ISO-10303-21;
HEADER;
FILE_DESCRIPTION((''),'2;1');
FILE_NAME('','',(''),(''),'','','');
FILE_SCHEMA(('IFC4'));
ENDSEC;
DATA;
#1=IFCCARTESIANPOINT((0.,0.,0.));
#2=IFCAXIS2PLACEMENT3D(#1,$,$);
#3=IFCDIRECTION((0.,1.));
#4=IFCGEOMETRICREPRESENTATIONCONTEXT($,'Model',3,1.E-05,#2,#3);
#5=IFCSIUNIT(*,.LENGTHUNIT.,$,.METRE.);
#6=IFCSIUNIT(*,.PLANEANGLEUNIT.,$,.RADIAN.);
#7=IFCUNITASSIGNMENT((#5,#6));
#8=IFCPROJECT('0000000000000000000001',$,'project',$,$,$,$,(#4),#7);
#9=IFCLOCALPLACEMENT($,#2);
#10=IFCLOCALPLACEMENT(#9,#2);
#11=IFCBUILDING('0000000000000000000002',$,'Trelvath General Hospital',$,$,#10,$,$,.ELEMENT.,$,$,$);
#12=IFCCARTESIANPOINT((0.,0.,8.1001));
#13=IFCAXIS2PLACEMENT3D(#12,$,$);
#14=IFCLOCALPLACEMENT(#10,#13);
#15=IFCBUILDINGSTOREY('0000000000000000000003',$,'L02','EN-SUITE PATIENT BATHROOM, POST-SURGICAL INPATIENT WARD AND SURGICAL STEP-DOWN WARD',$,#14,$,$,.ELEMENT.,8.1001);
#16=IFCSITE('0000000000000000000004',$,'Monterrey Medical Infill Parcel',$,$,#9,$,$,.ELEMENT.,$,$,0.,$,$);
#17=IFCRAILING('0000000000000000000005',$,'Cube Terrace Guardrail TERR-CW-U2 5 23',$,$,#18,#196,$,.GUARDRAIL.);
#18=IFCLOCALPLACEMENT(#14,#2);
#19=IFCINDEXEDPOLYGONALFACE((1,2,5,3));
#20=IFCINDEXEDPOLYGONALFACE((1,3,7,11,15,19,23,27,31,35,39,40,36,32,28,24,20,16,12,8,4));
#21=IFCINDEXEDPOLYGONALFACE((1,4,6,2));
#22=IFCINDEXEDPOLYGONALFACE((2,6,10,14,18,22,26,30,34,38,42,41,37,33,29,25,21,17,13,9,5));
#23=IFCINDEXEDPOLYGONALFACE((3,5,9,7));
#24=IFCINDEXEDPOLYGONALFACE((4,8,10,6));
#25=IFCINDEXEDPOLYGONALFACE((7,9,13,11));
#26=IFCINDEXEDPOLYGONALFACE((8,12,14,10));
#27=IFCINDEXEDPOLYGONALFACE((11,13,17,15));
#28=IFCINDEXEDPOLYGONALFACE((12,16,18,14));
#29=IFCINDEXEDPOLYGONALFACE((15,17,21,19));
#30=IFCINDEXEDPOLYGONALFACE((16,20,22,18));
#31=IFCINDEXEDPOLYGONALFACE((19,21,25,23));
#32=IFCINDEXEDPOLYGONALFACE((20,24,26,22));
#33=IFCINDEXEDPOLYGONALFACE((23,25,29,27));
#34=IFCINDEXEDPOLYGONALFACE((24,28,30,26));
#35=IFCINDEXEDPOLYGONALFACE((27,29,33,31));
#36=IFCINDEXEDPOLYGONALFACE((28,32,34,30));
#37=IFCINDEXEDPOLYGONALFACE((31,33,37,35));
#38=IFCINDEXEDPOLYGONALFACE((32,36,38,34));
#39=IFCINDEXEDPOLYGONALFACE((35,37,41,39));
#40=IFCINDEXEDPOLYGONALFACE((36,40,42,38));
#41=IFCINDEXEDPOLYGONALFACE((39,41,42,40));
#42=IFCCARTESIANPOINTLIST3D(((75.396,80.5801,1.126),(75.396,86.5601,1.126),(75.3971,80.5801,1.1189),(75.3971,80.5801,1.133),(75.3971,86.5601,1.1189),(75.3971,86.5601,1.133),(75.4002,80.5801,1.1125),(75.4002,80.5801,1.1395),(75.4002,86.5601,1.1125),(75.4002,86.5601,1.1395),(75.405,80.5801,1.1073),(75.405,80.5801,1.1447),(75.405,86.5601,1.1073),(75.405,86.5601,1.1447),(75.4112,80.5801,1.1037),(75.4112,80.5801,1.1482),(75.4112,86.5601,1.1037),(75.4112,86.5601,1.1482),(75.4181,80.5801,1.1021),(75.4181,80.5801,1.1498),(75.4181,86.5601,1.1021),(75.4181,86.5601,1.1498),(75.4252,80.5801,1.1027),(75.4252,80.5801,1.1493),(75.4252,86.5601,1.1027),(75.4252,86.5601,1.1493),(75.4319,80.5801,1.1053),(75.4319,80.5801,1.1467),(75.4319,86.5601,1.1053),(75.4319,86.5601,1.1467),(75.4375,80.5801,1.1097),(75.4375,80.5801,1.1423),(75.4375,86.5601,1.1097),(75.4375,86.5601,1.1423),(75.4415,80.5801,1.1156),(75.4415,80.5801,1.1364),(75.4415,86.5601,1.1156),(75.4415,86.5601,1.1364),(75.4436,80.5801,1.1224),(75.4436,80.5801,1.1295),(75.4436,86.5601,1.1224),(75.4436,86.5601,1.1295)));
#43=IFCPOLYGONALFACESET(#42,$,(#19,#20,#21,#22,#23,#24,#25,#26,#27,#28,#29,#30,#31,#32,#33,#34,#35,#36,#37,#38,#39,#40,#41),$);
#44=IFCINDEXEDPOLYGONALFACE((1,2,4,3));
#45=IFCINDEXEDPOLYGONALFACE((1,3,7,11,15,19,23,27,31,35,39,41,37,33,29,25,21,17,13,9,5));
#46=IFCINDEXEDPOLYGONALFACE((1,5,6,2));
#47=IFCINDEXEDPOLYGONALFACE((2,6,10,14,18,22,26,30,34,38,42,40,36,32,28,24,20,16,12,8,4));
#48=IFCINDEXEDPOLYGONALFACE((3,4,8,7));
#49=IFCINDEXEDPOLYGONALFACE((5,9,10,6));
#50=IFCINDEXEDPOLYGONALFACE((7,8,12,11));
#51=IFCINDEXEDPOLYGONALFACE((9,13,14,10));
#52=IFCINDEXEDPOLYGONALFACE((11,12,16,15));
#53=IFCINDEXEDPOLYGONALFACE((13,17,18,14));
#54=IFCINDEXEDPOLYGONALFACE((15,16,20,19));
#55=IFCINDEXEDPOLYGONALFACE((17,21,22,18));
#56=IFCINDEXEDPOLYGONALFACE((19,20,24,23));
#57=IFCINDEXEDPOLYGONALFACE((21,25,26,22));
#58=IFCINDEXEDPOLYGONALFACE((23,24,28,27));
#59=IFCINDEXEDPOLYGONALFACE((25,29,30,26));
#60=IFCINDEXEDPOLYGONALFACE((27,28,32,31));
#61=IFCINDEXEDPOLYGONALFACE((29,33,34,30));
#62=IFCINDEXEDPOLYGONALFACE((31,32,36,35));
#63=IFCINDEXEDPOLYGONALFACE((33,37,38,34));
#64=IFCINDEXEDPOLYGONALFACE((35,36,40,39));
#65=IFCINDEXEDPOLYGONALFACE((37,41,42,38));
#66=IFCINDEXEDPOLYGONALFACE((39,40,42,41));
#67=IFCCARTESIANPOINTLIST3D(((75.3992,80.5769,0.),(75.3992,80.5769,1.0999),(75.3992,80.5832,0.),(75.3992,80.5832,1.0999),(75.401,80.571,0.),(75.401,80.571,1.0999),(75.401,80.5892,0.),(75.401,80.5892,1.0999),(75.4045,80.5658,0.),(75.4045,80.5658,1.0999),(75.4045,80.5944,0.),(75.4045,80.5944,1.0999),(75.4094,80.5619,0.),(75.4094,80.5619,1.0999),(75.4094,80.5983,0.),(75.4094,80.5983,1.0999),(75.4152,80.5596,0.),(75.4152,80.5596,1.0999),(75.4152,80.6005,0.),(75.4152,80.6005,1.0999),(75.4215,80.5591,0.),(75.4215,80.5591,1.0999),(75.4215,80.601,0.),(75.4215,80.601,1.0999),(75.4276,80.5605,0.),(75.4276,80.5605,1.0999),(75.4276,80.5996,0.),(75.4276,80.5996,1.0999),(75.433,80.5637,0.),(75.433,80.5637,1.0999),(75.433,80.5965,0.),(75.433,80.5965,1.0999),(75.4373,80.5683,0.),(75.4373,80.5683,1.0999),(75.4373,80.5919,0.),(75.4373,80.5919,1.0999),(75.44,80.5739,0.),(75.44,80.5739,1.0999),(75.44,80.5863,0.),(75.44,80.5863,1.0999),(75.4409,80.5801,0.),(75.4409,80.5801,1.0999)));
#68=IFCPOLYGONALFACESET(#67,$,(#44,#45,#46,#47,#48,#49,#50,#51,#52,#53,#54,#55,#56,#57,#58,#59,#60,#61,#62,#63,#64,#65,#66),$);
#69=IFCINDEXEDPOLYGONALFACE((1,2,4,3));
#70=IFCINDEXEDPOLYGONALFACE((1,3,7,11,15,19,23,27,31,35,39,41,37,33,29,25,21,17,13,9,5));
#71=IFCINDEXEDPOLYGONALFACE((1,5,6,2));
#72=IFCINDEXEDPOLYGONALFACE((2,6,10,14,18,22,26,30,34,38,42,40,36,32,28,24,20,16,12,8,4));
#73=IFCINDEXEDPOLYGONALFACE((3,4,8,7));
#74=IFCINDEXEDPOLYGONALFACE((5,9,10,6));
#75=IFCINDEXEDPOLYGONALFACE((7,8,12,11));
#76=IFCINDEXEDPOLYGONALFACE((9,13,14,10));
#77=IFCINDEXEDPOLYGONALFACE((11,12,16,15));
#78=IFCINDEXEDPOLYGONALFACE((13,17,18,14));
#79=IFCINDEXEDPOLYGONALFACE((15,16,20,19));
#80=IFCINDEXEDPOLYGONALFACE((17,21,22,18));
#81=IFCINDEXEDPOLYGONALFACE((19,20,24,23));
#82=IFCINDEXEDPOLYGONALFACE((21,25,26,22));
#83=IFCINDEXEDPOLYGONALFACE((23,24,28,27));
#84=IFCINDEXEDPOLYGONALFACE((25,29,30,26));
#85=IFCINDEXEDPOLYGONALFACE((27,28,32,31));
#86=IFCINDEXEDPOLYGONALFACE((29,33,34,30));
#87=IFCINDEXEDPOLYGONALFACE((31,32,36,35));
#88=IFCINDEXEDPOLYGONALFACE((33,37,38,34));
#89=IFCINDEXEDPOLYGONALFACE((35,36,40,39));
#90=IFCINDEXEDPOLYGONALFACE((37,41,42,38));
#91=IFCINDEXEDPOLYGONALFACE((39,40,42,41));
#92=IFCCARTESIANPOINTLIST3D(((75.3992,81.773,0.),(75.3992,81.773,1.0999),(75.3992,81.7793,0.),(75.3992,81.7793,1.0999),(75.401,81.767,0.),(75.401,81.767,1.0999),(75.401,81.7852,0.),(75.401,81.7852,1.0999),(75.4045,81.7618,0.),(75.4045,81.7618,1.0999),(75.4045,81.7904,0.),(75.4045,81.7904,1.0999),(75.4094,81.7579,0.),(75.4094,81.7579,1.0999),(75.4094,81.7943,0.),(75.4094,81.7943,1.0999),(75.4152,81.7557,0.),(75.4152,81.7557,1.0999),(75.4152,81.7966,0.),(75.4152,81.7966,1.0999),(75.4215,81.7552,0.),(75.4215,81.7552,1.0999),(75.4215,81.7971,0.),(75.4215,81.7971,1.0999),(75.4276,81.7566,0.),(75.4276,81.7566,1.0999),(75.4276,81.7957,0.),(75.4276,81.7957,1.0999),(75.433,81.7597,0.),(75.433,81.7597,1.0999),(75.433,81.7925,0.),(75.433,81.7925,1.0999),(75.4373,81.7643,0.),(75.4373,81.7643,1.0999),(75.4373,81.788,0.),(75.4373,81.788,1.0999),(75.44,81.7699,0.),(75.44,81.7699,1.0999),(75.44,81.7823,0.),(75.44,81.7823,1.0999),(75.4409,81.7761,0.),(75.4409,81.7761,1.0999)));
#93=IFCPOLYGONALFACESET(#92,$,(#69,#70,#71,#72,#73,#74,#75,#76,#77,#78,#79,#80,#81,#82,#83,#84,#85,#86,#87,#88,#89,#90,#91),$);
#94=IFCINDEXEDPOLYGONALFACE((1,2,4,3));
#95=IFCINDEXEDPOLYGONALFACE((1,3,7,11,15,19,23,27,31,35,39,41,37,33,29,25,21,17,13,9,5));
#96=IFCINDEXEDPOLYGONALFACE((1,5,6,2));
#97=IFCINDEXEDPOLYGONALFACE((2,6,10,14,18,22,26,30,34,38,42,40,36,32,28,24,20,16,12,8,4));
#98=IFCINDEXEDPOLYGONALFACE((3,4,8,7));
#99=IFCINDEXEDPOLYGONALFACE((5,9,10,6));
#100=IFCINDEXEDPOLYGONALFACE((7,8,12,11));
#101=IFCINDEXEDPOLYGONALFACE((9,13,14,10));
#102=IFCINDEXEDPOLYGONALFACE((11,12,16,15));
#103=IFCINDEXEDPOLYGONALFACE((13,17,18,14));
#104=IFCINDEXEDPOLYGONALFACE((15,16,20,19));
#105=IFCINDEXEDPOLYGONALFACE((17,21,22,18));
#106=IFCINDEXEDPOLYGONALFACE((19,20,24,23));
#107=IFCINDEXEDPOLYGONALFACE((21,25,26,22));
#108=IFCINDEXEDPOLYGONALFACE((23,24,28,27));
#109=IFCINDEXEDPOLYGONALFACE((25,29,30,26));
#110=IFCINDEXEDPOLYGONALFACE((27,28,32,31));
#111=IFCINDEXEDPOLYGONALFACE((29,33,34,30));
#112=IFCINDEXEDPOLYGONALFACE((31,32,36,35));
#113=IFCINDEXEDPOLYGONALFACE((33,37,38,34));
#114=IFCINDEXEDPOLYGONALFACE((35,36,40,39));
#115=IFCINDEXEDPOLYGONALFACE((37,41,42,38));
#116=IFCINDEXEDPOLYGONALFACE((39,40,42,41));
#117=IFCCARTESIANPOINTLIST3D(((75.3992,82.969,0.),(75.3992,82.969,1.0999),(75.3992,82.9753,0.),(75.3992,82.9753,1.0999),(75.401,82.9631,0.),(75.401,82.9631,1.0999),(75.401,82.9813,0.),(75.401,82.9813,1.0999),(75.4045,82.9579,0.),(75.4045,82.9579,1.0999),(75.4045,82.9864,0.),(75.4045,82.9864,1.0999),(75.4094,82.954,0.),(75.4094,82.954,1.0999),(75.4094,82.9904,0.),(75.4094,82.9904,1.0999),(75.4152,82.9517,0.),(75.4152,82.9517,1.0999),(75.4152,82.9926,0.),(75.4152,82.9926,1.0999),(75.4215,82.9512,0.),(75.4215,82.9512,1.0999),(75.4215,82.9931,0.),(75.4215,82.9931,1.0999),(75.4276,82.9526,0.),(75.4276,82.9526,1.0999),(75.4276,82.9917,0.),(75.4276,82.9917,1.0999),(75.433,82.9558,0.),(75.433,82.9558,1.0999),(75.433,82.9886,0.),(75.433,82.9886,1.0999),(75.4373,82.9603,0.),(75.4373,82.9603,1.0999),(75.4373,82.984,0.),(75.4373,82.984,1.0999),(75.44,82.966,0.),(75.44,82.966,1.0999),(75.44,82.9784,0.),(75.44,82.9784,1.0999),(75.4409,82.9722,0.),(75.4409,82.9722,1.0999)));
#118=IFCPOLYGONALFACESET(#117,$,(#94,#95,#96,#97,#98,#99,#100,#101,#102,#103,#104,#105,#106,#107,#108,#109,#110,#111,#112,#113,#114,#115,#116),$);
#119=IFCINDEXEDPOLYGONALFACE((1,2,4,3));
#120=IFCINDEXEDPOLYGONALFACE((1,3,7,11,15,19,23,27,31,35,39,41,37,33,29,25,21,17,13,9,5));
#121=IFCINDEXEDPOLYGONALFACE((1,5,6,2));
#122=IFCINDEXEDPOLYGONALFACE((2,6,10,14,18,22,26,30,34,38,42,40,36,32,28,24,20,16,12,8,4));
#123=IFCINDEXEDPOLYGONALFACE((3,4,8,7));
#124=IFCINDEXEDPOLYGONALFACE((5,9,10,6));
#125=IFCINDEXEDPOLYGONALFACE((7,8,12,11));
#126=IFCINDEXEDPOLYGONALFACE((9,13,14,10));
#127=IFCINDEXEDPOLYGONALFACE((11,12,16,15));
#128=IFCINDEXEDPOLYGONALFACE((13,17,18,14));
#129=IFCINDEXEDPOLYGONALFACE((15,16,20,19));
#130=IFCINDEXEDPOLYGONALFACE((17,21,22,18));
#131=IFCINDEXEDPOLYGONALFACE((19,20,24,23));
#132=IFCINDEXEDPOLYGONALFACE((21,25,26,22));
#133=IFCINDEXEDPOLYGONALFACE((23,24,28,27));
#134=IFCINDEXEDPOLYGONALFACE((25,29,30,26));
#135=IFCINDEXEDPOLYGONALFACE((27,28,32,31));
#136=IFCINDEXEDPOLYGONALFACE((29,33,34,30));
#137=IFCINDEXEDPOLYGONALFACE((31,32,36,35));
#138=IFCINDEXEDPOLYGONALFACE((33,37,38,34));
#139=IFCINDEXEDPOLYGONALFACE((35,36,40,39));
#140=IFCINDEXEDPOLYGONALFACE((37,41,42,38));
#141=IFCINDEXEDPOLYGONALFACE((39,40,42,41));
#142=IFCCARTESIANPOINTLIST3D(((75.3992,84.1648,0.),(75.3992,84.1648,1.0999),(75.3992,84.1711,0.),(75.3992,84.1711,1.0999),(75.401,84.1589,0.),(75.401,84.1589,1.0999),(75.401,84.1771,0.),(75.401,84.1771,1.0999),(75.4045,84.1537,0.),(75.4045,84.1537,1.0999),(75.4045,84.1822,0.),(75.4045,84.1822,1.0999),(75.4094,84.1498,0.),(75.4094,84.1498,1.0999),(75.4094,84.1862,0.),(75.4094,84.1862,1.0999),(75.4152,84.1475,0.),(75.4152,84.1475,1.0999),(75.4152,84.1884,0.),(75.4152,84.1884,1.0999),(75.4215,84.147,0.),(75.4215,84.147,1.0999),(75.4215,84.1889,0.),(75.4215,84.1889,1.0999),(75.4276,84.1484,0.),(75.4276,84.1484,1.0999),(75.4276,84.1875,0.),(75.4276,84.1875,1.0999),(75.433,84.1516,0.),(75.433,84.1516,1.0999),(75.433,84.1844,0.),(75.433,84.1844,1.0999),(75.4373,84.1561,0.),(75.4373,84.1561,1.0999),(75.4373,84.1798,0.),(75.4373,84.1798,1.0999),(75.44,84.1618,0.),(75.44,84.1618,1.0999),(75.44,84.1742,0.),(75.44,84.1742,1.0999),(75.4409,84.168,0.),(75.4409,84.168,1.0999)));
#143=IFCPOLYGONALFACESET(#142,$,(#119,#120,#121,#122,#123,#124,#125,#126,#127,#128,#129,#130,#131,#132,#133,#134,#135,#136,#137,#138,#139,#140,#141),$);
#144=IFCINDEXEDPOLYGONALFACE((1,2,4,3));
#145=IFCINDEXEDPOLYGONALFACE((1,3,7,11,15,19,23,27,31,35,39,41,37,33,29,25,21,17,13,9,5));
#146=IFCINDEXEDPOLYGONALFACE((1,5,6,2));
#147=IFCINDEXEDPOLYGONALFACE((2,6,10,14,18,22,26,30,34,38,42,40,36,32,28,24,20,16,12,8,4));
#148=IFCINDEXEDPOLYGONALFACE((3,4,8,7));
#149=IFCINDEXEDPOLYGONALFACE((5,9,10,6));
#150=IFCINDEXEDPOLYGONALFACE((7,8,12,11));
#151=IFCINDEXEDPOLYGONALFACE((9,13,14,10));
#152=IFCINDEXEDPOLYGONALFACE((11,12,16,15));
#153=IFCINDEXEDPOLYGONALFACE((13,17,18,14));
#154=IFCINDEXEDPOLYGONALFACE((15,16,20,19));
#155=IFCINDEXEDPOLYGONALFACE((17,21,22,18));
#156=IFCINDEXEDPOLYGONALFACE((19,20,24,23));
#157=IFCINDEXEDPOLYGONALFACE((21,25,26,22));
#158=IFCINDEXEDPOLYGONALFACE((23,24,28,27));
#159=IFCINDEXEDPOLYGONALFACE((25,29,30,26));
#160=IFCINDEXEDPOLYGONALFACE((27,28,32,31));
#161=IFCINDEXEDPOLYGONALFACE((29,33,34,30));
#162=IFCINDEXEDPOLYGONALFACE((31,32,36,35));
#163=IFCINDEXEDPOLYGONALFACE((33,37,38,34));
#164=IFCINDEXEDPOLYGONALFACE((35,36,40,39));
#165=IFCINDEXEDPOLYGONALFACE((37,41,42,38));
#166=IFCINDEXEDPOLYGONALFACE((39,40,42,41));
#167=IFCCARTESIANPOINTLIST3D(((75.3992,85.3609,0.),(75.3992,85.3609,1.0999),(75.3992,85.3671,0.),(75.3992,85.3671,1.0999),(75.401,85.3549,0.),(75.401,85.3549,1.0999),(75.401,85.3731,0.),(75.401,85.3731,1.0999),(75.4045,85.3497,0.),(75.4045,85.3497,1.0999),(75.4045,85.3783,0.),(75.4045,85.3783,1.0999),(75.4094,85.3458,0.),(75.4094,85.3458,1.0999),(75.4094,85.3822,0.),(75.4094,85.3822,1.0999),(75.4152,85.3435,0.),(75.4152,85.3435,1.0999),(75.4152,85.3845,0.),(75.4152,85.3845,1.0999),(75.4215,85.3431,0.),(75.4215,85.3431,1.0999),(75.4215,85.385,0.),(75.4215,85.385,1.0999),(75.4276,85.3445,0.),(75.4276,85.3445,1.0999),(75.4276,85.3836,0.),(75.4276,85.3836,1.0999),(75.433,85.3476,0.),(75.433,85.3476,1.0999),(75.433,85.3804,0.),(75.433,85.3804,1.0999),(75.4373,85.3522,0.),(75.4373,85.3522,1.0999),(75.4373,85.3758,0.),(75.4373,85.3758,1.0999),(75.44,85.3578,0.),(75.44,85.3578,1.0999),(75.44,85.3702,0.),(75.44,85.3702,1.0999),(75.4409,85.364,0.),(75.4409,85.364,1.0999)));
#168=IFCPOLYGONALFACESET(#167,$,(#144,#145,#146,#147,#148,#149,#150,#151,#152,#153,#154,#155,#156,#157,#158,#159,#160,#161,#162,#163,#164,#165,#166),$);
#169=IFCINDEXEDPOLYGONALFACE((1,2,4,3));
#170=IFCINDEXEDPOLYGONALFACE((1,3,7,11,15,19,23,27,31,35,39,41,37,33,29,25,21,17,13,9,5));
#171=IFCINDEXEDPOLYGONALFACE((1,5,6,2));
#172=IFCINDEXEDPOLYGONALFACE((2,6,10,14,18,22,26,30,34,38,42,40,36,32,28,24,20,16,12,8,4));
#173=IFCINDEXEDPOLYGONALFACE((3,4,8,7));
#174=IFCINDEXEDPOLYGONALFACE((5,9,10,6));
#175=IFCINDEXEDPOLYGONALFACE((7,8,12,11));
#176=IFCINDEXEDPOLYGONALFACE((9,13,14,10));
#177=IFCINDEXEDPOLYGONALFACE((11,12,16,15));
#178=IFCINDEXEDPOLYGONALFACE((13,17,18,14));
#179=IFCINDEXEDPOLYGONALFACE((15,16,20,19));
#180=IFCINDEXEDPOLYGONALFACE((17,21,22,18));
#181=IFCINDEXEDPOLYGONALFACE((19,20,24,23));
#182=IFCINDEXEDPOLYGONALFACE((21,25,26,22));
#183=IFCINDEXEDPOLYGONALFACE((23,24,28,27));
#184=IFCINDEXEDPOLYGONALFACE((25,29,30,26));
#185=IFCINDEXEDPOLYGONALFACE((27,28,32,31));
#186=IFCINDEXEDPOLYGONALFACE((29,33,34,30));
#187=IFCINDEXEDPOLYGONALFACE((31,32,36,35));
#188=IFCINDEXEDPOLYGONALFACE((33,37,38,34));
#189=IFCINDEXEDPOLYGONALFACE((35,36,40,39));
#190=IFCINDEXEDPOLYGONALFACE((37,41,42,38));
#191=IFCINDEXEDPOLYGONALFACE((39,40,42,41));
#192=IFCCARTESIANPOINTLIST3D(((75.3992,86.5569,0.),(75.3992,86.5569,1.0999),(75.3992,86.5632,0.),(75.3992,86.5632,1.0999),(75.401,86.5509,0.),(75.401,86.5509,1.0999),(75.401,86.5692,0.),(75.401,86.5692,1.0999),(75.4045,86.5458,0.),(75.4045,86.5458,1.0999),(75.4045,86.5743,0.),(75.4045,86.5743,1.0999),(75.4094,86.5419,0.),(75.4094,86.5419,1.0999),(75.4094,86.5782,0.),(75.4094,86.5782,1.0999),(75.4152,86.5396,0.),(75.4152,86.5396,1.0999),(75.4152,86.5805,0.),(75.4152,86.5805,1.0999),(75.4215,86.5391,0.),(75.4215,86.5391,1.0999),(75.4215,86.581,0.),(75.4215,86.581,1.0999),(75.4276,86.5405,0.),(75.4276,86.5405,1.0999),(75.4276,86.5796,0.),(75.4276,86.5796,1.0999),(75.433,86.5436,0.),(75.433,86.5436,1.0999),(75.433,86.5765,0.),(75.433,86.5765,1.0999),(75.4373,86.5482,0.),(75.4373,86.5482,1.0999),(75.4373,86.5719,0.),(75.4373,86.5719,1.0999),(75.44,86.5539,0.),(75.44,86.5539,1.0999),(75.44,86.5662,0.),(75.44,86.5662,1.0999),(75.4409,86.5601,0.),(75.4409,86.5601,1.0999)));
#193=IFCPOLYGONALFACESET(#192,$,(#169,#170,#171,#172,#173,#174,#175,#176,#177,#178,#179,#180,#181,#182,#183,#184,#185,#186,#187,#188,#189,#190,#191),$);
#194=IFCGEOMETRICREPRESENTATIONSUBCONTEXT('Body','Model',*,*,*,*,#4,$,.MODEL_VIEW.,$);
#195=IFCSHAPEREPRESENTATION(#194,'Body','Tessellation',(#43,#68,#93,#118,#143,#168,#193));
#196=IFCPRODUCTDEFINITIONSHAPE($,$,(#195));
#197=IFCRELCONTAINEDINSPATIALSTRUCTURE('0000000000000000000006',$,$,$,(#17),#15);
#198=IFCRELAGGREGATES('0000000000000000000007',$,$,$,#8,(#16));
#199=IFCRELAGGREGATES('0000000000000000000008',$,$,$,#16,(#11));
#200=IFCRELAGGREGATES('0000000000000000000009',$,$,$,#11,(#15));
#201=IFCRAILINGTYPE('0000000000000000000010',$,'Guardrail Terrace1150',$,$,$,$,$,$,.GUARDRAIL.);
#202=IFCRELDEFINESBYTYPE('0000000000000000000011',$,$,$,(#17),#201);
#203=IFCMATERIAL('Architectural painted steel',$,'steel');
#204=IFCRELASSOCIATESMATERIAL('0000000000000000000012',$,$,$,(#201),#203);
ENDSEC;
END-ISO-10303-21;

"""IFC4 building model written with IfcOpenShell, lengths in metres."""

from ifc_helpers import new_model, si_unit, direction, frame, origin, origin_2d, place, context, subcontext, project, spatial, circle, extrude, material, type_object, element, save


model = new_model("IFC4")

# Units and contexts
model_context = context("Model", 3, precision=1e-05, world=origin(), true_north=direction((0.0, 1.0)))
body_context = subcontext(model_context, "Body", "Model", "MODEL_VIEW")
ifc_project = project(units=[si_unit("LENGTHUNIT", "METRE"), si_unit("PLANEANGLEUNIT", "RADIAN")], contexts=[model_context])

# Site, building, storey
site_placement = place(None, origin())
site = spatial("IfcSite", under=ifc_project, at=site_placement, Name="Monterrey Medical Infill Parcel", CompositionType="ELEMENT", RefElevation=0.0)
building_placement = place(site_placement, origin())
building = spatial("IfcBuilding", under=site, at=building_placement, Name="Trelvath General Hospital", CompositionType="ELEMENT")
storey_placement = place(building_placement, frame((0.0, 0.0, 8.1001)))
storey = spatial("IfcBuildingStorey", under=building, at=storey_placement, Name="L02", Description="EN-SUITE PATIENT BATHROOM, POST-SURGICAL INPATIENT WARD AND SURGICAL STEP-DOWN WARD", CompositionType="ELEMENT", Elevation=8.1001)

# Railing
ifc_material_1 = material(Name="Architectural painted steel", Category="steel")
railing_type = type_object("IfcRailingType", Name="Guardrail Terrace1150", PredefinedType="GUARDRAIL", material=ifc_material_1)
railing_placement = place(storey_placement, frame((75.4199, 80.5801, 0.0)))
element("IfcRailing", 1, at=railing_placement, inside=storey, type_object=railing_type, Name="Cube Terrace Guardrail TERR-CW-U2 5 23", PredefinedType="GUARDRAIL", context=body_context, shape_type="SweptSolid", body=[
    extrude(circle(Radius=0.0239, at=origin_2d()), frame((0.0, 0.0, 1.126), z_axis=(0.0, 1.0, 0.0), x_axis=(-1.0, 0.0, 0.0)), (0.0, 0.0, 1.0), 5.98),
    extrude(circle(Radius=0.021, at=origin_2d()), origin(), (0.0, 0.0, 1.0), 1.0999),
    extrude(circle(Radius=0.021, at=origin_2d()), frame((0.0, 1.196, 0.0)), (0.0, 0.0, 1.0), 1.0999),
    extrude(circle(Radius=0.021, at=origin_2d()), frame((0.0, 2.3921, 0.0)), (0.0, 0.0, 1.0), 1.0999),
    extrude(circle(Radius=0.021, at=origin_2d()), frame((0.0, 3.5879, 0.0)), (0.0, 0.0, 1.0), 1.0999),
    extrude(circle(Radius=0.021, at=origin_2d()), frame((0.0, 4.7839, 0.0)), (0.0, 0.0, 1.0), 1.0999),
    extrude(circle(Radius=0.021, at=origin_2d()), frame((0.0, 5.98, 0.0)), (0.0, 0.0, 1.0), 1.0999),
])

save(model, "model.ifc")
